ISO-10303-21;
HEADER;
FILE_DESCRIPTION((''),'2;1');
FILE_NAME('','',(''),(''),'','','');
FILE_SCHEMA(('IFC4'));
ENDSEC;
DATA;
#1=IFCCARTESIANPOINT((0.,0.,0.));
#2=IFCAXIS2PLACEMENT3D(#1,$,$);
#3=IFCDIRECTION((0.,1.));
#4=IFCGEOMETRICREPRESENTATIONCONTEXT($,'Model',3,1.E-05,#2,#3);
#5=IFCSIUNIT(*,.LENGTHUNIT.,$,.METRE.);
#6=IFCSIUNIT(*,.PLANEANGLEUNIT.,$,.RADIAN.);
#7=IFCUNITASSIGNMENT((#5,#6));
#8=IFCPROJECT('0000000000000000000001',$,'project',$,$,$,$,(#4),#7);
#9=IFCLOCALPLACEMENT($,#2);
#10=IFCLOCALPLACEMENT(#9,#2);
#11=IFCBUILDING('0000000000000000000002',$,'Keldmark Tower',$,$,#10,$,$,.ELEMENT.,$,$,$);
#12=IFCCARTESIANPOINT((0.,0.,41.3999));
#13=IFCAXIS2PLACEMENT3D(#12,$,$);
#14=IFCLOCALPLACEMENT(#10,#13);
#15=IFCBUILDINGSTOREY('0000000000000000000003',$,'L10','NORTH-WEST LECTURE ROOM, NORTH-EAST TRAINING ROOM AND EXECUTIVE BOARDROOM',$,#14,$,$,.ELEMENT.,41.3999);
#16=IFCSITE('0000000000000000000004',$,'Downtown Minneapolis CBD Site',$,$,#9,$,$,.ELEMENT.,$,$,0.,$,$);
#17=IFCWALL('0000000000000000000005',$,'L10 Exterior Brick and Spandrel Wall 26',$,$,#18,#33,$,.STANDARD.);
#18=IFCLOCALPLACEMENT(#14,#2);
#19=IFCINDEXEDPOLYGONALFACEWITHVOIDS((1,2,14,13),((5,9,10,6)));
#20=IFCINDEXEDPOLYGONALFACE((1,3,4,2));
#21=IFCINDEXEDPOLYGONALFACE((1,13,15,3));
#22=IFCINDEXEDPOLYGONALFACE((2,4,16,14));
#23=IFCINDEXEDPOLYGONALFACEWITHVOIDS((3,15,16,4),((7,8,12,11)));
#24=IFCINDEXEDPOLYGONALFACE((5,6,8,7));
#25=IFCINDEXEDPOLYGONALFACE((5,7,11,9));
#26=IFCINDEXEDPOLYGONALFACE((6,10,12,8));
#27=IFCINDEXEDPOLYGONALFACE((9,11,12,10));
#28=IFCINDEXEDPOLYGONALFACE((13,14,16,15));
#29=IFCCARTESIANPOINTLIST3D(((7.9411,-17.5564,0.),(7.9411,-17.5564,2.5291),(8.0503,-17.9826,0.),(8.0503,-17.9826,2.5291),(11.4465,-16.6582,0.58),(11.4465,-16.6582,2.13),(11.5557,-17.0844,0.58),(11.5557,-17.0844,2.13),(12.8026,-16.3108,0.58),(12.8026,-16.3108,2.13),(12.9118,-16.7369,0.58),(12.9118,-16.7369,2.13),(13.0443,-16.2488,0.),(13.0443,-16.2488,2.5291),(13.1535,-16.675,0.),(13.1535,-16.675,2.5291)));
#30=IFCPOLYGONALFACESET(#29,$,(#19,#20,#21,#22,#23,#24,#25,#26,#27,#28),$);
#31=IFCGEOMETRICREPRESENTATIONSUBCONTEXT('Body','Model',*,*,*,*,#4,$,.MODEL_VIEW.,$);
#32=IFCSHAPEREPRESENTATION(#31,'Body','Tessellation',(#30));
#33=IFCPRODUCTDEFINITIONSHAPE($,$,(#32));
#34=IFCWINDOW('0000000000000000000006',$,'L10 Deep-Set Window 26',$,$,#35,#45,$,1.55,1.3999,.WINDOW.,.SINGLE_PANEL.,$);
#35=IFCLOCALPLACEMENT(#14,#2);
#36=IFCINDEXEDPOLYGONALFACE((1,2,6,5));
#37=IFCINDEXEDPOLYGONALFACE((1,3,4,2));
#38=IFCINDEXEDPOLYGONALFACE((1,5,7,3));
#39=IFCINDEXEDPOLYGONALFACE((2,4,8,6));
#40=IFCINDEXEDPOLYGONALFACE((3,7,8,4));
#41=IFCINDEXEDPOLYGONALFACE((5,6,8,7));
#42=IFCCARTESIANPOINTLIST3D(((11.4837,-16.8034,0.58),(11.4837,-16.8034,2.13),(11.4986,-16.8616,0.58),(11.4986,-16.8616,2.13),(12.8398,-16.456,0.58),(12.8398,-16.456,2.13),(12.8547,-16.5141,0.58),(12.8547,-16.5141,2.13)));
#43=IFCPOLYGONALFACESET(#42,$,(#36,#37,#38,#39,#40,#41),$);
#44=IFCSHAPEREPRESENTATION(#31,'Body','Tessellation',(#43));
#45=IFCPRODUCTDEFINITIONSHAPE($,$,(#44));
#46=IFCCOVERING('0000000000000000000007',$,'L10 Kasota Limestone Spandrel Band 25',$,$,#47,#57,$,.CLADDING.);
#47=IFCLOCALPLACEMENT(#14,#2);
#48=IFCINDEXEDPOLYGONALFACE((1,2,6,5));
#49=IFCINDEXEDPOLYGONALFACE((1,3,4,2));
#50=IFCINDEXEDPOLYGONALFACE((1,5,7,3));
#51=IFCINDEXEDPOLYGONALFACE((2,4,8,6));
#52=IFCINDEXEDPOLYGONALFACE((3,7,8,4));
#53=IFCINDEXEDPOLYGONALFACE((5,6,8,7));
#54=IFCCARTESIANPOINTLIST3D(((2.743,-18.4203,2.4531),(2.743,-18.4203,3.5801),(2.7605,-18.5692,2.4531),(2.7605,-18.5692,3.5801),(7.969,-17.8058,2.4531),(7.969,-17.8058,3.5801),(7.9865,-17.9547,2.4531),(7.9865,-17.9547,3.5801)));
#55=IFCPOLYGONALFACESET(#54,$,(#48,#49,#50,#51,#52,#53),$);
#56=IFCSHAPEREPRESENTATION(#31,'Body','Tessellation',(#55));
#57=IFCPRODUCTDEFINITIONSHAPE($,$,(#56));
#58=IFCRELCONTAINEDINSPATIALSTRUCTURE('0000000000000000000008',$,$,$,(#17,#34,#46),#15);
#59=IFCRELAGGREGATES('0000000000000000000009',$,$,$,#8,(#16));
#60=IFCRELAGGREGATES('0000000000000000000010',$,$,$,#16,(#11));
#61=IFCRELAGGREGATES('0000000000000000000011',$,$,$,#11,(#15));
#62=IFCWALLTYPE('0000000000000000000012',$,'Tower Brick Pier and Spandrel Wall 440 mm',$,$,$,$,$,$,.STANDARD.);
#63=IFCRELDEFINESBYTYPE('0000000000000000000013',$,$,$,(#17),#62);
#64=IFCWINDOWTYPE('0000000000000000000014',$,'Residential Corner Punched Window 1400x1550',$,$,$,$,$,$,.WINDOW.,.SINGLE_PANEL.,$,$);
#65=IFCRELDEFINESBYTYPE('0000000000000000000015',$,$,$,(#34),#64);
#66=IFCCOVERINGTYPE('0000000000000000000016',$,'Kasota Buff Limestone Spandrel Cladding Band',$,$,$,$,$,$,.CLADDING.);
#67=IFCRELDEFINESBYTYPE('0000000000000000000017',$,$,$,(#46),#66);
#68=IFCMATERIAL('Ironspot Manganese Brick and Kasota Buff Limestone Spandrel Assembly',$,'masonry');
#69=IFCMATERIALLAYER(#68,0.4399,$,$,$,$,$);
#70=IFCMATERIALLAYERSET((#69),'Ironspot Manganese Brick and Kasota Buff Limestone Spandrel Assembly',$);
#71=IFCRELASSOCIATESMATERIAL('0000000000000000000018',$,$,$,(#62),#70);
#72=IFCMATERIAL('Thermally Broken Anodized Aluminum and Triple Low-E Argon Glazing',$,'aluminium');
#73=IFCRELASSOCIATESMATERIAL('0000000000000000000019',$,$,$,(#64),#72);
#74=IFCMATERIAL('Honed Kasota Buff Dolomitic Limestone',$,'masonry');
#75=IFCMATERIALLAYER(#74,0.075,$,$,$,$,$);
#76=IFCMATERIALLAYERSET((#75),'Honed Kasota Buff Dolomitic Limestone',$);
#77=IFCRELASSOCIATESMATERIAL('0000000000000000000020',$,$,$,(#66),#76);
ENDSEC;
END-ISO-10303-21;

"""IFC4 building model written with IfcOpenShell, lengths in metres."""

from ifc_helpers import new_model, si_unit, direction, frame, frame_2d, origin, origin_2d, place, context, subcontext, project, spatial, rectangle, extrude, material, layer, layer_set, type_object, element, fill, save


model = new_model("IFC4")

# Units and contexts
model_context = context("Model", 3, precision=1e-05, world=origin(), true_north=direction((0.0, 1.0)))
body_context = subcontext(model_context, "Body", "Model", "MODEL_VIEW")
ifc_project = project(units=[si_unit("LENGTHUNIT", "METRE"), si_unit("PLANEANGLEUNIT", "RADIAN")], contexts=[model_context])

# Site, building, storey
site_placement = place(None, origin())
site = spatial("IfcSite", under=ifc_project, at=site_placement, Name="Downtown Minneapolis CBD Site", CompositionType="ELEMENT", RefElevation=0.0)
building_placement = place(site_placement, origin())
building = spatial("IfcBuilding", under=site, at=building_placement, Name="Keldmark Tower", CompositionType="ELEMENT")
storey_placement = place(building_placement, frame((0.0, 0.0, 41.3999)))
storey = spatial("IfcBuildingStorey", under=building, at=storey_placement, Name="L10", Description="NORTH-WEST LECTURE ROOM, NORTH-EAST TRAINING ROOM AND EXECUTIVE BOARDROOM", CompositionType="ELEMENT", Elevation=41.3999)

# Wall, opening, window
ifc_material_1 = material(Name="Ironspot Manganese Brick and Kasota Buff Limestone Spandrel Assembly", Category="masonry")
ifc_layer_1 = layer(ifc_material_1, 0.4399)
ifc_layer_set_1 = layer_set([ifc_layer_1], Name="Ironspot Manganese Brick and Kasota Buff Limestone Spandrel Assembly")
wall_type_1 = type_object("IfcWallType", Name="Tower Brick Pier and Spandrel Wall 440 mm", PredefinedType="STANDARD", material=ifc_layer_set_1)
ifc_material_2 = material(Name="Thermally Broken Anodized Aluminum and Triple Low-E Argon Glazing", Category="aluminium")
window_type = type_object("IfcWindowType", Name="Residential Corner Punched Window 1400x1550", PartitioningType="SINGLE_PANEL", PredefinedType="WINDOW", material=ifc_material_2)
wall_1_placement = place(storey_placement, frame((13.0989, -16.4619, 0.0), z_axis=(0.0, 0.0, 1.0), x_axis=(-0.968706, -0.248213, 0.0)))
wall_1 = element("IfcWall", 1, at=wall_1_placement, inside=storey, type_object=wall_type_1, Name="L10 Exterior Brick and Spandrel Wall 26", PredefinedType="STANDARD", context=body_context, shape_type="SweptSolid", body=[
    extrude(rectangle(XDim=5.2681, YDim=0.4399, at=frame_2d((2.634, 0.0))), origin(), (0.0, 0.0, 1.0), 2.5291),
])
opening_1_placement = place(wall_1_placement, frame((0.2495, 0.0, 0.5801)))
opening_1 = element("IfcOpeningElement", 2, at=opening_1_placement, cuts=wall_1, PredefinedType="OPENING", context=body_context, shape_type="SweptSolid", body=[
    extrude(rectangle(XDim=1.3999, YDim=1.55, at=frame_2d((0.7, 0.7749))), frame((0.0, 0.23, 0.0), z_axis=(0.0, -1.0, 0.0), x_axis=(1.0, 0.0, 0.0)), (0.0, 0.0, 1.0), 0.46),
])
window_1_placement = place(opening_1_placement, origin())
window_1 = element("IfcWindow", 3, at=window_1_placement, inside=storey, type_object=window_type, Name="L10 Deep-Set Window 26", OverallHeight=1.55, OverallWidth=1.3999, PartitioningType="SINGLE_PANEL", PredefinedType="WINDOW", context=body_context, shape_type="SweptSolid", body=[
    extrude(rectangle(XDim=1.3999, YDim=1.55, at=frame_2d((0.7, 0.7749))), frame((0.0, -0.01, 0.0), z_axis=(0.0, -1.0, 0.0), x_axis=(1.0, 0.0, 0.0)), (0.0, 0.0, 1.0), 0.0601),
])
fill(opening_1, window_1)

# Covering
ifc_material_3 = material(Name="Honed Kasota Buff Dolomitic Limestone", Category="masonry")
ifc_layer_2 = layer(ifc_material_3, 0.075)
ifc_layer_set_2 = layer_set([ifc_layer_2], Name="Honed Kasota Buff Dolomitic Limestone")
covering_type = type_object("IfcCoveringType", Name="Kasota Buff Limestone Spandrel Cladding Band", PredefinedType="CLADDING", material=ifc_layer_set_2)
covering_placement = place(storey_placement, frame((5.3647, -18.1875, 2.4531), z_axis=(0.0, 0.0, 1.0), x_axis=(0.993158, 0.116775, 0.0)))
element("IfcCovering", 4, at=covering_placement, inside=storey, type_object=covering_type, Name="L10 Kasota Limestone Spandrel Band 25", PredefinedType="CLADDING", context=body_context, shape_type="SweptSolid", body=[
    extrude(rectangle(XDim=5.262, YDim=0.1499, at=origin_2d()), origin(), (0.0, 0.0, 1.0), 1.127),
])

save(model, "model.ifc")
